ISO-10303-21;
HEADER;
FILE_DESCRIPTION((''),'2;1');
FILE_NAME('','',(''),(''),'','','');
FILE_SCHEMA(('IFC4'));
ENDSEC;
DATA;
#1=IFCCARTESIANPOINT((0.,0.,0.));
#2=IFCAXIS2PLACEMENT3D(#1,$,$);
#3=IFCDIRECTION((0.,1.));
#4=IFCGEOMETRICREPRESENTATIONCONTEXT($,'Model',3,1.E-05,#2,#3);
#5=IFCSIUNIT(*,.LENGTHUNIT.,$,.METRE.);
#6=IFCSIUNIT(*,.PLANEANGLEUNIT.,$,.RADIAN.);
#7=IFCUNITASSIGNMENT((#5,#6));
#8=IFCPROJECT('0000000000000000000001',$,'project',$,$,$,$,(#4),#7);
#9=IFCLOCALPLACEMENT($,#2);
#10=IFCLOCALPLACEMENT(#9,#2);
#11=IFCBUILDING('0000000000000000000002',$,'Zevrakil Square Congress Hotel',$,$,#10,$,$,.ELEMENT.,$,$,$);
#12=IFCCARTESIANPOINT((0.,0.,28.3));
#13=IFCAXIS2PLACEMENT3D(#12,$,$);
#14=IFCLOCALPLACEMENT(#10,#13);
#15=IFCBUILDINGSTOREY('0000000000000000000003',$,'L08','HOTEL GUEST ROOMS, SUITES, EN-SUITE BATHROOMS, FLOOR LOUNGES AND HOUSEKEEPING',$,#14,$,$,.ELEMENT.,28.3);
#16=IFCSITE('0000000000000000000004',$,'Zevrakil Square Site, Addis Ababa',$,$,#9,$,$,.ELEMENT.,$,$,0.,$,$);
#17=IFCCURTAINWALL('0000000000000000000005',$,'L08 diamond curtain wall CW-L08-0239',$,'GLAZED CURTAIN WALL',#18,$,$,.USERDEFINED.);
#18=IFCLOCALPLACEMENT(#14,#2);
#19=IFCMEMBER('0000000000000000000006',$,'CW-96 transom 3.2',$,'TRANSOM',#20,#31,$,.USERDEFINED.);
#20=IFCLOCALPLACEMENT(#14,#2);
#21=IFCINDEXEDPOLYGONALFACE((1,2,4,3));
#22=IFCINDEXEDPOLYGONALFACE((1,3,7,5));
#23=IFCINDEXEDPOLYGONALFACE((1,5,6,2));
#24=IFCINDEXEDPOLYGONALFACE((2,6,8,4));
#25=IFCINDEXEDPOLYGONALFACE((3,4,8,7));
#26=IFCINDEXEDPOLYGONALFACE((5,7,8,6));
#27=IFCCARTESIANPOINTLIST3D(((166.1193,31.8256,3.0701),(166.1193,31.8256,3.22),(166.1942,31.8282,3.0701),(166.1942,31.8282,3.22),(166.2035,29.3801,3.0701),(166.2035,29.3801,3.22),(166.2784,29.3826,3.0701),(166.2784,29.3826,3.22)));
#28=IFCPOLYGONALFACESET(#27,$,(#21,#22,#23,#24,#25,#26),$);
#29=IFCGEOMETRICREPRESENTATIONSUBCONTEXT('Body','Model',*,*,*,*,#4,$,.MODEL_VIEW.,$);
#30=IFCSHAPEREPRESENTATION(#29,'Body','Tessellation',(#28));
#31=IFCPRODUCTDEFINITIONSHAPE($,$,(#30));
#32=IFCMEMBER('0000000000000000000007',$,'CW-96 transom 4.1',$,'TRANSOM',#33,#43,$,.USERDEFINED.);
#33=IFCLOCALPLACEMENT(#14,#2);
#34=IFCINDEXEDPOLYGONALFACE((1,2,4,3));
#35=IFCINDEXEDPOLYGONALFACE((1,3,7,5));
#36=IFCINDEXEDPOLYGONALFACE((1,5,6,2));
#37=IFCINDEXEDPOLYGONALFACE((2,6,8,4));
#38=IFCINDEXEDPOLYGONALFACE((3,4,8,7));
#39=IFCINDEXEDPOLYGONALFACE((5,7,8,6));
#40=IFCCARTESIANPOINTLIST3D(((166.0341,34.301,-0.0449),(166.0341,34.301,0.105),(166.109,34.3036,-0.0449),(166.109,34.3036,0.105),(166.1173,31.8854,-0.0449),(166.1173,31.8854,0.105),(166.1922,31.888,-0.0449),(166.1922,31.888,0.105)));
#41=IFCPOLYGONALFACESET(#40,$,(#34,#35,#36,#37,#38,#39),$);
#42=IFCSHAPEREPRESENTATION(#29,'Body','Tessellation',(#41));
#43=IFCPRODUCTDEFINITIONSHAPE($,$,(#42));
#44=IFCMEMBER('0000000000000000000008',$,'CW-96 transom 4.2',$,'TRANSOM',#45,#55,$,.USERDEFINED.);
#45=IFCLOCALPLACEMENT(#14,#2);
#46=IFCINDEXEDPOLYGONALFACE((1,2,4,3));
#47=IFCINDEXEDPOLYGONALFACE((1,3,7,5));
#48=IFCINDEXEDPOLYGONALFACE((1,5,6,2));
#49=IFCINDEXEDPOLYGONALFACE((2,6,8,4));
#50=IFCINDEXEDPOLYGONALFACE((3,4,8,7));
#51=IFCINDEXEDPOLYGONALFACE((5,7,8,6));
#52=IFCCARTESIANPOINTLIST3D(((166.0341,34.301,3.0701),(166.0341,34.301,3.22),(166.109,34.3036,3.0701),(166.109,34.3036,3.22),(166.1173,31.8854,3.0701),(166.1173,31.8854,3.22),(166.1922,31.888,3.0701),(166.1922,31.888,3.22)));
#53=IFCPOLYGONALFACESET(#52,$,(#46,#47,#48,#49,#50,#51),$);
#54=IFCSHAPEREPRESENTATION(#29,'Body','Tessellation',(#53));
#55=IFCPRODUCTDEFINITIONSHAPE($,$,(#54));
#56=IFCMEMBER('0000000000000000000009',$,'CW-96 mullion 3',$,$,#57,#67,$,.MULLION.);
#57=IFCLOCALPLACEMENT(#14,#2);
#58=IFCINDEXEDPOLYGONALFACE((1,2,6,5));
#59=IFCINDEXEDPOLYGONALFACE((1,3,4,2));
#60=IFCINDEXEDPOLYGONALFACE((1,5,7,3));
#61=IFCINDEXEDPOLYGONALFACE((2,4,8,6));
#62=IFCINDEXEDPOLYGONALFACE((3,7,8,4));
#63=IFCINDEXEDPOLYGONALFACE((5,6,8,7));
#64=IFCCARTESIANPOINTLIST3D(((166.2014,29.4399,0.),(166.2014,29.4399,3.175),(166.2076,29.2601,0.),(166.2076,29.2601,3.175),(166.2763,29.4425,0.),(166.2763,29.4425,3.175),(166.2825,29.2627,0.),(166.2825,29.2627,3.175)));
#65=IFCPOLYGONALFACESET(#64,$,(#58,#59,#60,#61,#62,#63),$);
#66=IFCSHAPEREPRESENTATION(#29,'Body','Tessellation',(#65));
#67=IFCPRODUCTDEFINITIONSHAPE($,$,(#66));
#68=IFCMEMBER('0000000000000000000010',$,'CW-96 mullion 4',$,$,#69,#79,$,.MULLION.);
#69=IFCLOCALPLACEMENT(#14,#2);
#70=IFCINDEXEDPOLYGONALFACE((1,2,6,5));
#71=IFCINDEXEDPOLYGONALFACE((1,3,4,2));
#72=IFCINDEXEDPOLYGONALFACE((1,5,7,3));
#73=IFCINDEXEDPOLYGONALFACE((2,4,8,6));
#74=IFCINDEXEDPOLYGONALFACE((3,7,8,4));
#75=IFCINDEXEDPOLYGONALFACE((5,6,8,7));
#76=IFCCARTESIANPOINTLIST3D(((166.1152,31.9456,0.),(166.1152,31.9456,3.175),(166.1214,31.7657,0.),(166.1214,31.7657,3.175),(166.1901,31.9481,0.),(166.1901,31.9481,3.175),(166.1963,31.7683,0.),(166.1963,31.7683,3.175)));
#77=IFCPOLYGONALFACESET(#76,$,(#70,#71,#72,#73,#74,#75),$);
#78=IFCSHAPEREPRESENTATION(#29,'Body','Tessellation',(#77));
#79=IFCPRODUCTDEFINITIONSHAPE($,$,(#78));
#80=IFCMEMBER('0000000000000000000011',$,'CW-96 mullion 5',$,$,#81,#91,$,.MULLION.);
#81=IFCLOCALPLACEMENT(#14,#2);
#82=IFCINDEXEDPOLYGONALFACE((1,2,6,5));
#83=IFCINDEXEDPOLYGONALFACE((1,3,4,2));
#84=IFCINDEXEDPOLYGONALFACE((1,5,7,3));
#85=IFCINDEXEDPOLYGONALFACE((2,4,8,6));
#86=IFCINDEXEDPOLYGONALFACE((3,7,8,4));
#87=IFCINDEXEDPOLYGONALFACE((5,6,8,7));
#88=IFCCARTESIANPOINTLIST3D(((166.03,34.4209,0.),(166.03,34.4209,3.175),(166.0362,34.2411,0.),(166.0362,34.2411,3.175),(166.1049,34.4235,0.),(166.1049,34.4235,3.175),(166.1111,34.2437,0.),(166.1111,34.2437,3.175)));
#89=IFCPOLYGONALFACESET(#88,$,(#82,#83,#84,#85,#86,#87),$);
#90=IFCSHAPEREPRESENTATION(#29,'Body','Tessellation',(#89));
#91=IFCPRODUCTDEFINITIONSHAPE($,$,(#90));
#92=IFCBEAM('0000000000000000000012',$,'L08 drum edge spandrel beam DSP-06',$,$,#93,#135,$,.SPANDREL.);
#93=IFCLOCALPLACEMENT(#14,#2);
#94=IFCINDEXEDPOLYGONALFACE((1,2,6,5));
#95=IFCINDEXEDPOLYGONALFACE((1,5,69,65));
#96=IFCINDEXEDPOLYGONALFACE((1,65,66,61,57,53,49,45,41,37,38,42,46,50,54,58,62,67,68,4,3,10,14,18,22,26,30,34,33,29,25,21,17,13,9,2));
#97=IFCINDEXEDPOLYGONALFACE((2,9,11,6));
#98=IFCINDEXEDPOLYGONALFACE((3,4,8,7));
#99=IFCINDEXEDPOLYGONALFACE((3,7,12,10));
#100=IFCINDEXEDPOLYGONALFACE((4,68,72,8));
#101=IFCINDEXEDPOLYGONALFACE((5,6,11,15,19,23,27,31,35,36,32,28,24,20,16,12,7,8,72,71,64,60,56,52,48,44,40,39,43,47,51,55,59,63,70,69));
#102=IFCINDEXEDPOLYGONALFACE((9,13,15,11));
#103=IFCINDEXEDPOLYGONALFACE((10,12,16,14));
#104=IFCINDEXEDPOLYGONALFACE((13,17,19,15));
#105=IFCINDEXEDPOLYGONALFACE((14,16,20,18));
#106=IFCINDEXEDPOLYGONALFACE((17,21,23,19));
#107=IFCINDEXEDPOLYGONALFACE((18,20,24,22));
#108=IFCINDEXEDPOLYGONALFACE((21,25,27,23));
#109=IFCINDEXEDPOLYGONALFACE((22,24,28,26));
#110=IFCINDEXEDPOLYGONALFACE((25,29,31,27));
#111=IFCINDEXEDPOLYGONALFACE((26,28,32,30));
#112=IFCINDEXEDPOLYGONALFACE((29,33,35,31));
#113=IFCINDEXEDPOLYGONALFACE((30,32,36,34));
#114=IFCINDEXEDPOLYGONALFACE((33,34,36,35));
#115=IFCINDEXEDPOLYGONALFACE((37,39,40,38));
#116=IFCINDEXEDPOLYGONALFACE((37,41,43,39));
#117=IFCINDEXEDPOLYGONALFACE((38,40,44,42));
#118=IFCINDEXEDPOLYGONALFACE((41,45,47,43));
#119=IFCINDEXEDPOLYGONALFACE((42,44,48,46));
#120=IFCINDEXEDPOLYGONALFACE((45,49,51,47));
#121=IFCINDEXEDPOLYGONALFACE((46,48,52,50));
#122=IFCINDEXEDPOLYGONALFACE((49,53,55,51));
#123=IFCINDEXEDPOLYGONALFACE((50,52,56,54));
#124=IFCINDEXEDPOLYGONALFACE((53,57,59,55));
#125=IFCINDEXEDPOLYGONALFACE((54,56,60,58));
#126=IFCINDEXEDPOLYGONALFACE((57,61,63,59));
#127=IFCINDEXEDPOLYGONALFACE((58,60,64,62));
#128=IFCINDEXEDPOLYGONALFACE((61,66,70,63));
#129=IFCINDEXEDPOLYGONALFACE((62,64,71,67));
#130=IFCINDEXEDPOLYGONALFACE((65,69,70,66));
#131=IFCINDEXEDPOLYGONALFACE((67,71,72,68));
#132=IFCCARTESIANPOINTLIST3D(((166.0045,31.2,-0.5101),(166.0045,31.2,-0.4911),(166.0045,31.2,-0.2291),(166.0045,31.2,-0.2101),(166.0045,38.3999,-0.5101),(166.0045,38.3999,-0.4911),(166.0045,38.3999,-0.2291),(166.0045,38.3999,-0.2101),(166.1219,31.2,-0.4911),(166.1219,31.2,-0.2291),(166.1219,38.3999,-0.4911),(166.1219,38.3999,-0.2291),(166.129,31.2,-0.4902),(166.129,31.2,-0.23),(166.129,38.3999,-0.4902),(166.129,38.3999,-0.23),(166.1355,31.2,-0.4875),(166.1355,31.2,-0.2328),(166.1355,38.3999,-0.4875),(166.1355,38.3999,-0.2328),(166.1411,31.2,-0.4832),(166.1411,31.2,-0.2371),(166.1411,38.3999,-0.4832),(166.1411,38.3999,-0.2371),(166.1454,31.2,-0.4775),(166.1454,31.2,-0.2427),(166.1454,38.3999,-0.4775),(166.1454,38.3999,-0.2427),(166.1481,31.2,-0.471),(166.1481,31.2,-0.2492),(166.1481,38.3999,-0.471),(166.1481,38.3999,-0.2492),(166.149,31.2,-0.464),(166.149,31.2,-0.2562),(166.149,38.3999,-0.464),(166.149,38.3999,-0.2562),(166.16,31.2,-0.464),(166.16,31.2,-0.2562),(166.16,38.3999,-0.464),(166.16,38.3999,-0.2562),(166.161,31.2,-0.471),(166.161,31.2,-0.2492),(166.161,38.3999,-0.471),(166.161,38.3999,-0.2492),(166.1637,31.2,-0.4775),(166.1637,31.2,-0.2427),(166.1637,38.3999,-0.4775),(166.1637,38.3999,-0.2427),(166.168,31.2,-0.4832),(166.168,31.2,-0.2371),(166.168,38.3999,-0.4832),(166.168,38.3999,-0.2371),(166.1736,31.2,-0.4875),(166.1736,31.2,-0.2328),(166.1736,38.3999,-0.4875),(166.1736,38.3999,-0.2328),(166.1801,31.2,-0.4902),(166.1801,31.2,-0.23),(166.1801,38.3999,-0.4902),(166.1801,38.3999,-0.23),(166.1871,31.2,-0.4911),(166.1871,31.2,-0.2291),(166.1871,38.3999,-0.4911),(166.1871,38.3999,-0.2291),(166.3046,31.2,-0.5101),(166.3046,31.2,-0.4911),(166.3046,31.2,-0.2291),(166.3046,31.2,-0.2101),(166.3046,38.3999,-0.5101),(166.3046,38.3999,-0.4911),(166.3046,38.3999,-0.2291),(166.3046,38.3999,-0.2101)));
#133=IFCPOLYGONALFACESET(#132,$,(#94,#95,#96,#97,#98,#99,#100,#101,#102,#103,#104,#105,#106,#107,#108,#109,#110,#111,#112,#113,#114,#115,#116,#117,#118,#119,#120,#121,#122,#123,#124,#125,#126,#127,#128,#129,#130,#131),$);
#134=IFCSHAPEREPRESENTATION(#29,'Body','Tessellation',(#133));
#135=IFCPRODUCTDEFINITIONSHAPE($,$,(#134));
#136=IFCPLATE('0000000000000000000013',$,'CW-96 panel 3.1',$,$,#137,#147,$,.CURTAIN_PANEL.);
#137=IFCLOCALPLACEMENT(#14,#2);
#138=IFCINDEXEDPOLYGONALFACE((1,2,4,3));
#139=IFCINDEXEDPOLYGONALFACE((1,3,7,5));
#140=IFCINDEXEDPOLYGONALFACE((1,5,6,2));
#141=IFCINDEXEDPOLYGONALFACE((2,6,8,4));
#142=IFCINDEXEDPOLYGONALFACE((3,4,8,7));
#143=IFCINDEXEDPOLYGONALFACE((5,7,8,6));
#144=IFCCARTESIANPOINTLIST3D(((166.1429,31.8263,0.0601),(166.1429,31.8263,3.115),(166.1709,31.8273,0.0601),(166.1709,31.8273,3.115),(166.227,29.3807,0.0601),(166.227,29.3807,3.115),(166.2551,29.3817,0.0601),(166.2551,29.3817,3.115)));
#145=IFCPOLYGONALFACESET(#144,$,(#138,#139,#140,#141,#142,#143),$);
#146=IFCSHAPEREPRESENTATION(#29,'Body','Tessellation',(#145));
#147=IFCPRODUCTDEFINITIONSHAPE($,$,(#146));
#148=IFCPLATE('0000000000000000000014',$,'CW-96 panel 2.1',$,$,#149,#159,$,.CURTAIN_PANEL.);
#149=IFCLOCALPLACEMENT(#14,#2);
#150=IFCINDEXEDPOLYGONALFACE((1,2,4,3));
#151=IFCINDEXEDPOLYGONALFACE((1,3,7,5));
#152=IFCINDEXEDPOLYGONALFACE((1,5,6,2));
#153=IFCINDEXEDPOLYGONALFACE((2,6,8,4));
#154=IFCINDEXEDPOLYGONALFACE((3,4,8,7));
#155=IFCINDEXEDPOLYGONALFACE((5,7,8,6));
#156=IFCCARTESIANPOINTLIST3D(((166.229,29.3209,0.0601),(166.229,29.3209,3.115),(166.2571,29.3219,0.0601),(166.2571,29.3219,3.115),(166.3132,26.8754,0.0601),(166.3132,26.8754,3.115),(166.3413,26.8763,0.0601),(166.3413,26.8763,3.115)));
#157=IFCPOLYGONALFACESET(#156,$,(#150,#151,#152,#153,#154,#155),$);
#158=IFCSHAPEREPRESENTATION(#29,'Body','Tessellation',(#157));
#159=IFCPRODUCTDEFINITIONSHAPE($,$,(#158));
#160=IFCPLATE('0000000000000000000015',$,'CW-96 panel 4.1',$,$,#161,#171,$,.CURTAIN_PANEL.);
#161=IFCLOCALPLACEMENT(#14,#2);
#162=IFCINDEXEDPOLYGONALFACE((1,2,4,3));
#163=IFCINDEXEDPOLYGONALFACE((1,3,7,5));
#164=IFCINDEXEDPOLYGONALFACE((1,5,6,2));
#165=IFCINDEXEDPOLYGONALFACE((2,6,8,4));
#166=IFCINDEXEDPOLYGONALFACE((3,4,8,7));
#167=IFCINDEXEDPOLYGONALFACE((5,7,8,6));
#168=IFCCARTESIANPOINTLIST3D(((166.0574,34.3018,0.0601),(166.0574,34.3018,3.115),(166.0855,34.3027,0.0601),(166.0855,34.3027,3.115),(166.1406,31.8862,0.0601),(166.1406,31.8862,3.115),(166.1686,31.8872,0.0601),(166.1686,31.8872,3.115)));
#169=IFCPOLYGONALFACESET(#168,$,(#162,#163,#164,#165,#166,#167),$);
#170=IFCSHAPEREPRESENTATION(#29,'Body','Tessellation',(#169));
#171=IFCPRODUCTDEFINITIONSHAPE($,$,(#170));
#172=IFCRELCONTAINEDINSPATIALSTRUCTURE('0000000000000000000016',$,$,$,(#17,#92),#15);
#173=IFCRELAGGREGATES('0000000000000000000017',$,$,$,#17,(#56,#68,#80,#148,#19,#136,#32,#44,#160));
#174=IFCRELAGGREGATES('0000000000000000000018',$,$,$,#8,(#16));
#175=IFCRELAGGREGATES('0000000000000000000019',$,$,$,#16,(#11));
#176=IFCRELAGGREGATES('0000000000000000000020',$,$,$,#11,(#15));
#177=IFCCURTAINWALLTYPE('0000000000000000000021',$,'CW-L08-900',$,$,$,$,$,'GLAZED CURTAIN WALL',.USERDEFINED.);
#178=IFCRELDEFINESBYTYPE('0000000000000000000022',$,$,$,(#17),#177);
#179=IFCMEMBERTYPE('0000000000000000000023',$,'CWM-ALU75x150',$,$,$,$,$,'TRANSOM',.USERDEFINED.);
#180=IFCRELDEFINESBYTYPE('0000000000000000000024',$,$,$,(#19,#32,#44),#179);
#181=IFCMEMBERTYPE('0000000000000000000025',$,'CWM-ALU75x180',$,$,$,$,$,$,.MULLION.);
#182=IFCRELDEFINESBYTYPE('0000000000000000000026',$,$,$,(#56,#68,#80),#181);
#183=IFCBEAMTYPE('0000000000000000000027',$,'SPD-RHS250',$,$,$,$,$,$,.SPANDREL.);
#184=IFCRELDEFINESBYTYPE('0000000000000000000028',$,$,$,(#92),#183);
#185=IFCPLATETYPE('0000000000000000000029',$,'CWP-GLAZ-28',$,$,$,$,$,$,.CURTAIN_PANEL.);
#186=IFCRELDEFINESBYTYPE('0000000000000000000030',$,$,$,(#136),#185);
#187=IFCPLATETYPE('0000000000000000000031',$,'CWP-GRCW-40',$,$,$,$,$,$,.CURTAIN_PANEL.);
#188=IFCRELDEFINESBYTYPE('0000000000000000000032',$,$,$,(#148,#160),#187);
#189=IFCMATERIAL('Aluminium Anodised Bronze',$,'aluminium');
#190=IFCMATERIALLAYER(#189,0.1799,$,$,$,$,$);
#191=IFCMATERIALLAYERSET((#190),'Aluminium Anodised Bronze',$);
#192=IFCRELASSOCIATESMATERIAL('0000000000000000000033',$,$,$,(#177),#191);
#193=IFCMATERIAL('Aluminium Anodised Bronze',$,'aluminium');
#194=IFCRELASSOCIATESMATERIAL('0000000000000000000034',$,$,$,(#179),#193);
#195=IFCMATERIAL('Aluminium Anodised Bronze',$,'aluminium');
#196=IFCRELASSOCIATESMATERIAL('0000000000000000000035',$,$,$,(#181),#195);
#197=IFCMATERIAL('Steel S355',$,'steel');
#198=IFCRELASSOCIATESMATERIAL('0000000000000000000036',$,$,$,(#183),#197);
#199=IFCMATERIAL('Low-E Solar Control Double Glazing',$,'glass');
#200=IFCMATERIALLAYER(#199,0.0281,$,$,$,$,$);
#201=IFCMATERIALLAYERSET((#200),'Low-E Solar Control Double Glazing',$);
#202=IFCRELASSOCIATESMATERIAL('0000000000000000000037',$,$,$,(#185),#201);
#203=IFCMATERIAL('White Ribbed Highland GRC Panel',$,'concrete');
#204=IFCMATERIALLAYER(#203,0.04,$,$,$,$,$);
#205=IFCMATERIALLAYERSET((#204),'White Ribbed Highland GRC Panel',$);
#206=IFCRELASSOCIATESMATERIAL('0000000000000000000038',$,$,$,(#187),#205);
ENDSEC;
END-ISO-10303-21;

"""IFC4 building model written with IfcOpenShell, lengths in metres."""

from ifc_helpers import new_model, si_unit, direction, frame, origin, origin_2d, place, context, subcontext, project, spatial, rectangle, i_section, extrude, material, layer, layer_set, material_profile, profile_set, type_object, element, aggregate, save


model = new_model("IFC4")

# Units and contexts
model_context = context("Model", 3, precision=1e-05, world=origin(), true_north=direction((0.0, 1.0)))
body_context = subcontext(model_context, "Body", "Model", "MODEL_VIEW")
ifc_project = project(units=[si_unit("LENGTHUNIT", "METRE"), si_unit("PLANEANGLEUNIT", "RADIAN")], contexts=[model_context])

# Site, building, storey
site_placement = place(None, origin())
site = spatial("IfcSite", under=ifc_project, at=site_placement, Name="Zevrakil Square Site, Addis Ababa", CompositionType="ELEMENT", RefElevation=0.0)
building_placement = place(site_placement, origin())
building = spatial("IfcBuilding", under=site, at=building_placement, Name="Zevrakil Square Congress Hotel", CompositionType="ELEMENT")
storey_placement = place(building_placement, frame((0.0, 0.0, 28.3)))
storey = spatial("IfcBuildingStorey", under=building, at=storey_placement, Name="L08", Description="HOTEL GUEST ROOMS, SUITES, EN-SUITE BATHROOMS, FLOOR LOUNGES AND HOUSEKEEPING", CompositionType="ELEMENT", Elevation=28.3)

# Curtain wall, members
ifc_material_1 = material(Name="Aluminium Anodised Bronze", Category="aluminium")
ifc_layer_1 = layer(ifc_material_1, 0.1799)
ifc_layer_set_1 = layer_set([ifc_layer_1], Name="Aluminium Anodised Bronze")
curtain_wall_type = type_object("IfcCurtainWallType", Name="CW-L08-900", ElementType="GLAZED CURTAIN WALL", PredefinedType="USERDEFINED", material=ifc_layer_set_1)
curtain_wall_placement = place(storey_placement, origin())
curtain_wall = element("IfcCurtainWall", 1, at=curtain_wall_placement, inside=storey, type_object=curtain_wall_type, Name="L08 diamond curtain wall CW-L08-0239", ObjectType="GLAZED CURTAIN WALL", PredefinedType="USERDEFINED")
ifc_material_2 = material(Name="Aluminium Anodised Bronze", Category="aluminium")
ifc_material_profile_1 = material_profile(ifc_material_2, rectangle(XDim=0.075, YDim=0.1499, at=origin_2d()), Name="ALU 75x150")
ifc_profile_set_1 = profile_set([ifc_material_profile_1], Name="Aluminium Anodised Bronze")
member_type_1 = type_object("IfcMemberType", Name="CWM-ALU75x150", ElementType="TRANSOM", PredefinedType="USERDEFINED", material=ifc_profile_set_1)
member_1_placement = place(storey_placement, frame((166.241, 29.3813, 3.145), z_axis=(-0.034421, 0.999407, 0.0), x_axis=(-0.999407, -0.034421, 0.0)))
member_1 = element("IfcMember", 2, at=member_1_placement, type_object=member_type_1, Name="CW-96 transom 3.2", ObjectType="TRANSOM", PredefinedType="USERDEFINED", context=body_context, shape_type="SweptSolid", body=[
    extrude(rectangle(XDim=0.075, YDim=0.1499, at=origin_2d()), origin(), (0.0, 0.0, 1.0), 2.447),
])
member_2_placement = place(storey_placement, frame((166.1548, 31.8867, 0.03), z_axis=(-0.034445, 0.999407, 0.0), x_axis=(-0.999407, -0.034445, 0.0)))
member_2 = element("IfcMember", 3, at=member_2_placement, type_object=member_type_1, Name="CW-96 transom 4.1", ObjectType="TRANSOM", PredefinedType="USERDEFINED", context=body_context, shape_type="SweptSolid", body=[
    extrude(rectangle(XDim=0.075, YDim=0.1499, at=origin_2d()), origin(), (0.0, 0.0, 1.0), 2.417),
])
member_3_placement = place(storey_placement, frame((166.1548, 31.8867, 3.145), z_axis=(-0.034445, 0.999407, 0.0), x_axis=(-0.999407, -0.034445, 0.0)))
member_3 = element("IfcMember", 4, at=member_3_placement, type_object=member_type_1, Name="CW-96 transom 4.2", ObjectType="TRANSOM", PredefinedType="USERDEFINED", context=body_context, shape_type="SweptSolid", body=[
    extrude(rectangle(XDim=0.075, YDim=0.1499, at=origin_2d()), origin(), (0.0, 0.0, 1.0), 2.417),
])
ifc_material_3 = material(Name="Aluminium Anodised Bronze", Category="aluminium")
ifc_material_profile_2 = material_profile(ifc_material_3, rectangle(XDim=0.075, YDim=0.1799, at=origin_2d()), Name="ALU 75x180")
ifc_profile_set_2 = profile_set([ifc_material_profile_2], Name="Aluminium Anodised Bronze")
member_type_2 = type_object("IfcMemberType", Name="CWM-ALU75x180", PredefinedType="MULLION", material=ifc_profile_set_2)
member_4_placement = place(storey_placement, frame((166.2419, 29.3513, 0.0), z_axis=(0.0, 0.0, 1.0), x_axis=(-0.999408, -0.034405, 0.0)))
member_4 = element("IfcMember", 5, at=member_4_placement, type_object=member_type_2, Name="CW-96 mullion 3", PredefinedType="MULLION", context=body_context, shape_type="SweptSolid", body=[
    extrude(rectangle(XDim=0.075, YDim=0.1799, at=origin_2d()), origin(), (0.0, 0.0, 1.0), 3.175),
])
member_5_placement = place(storey_placement, frame((166.1558, 31.8569, 0.0), z_axis=(0.0, 0.0, 1.0), x_axis=(-0.999408, -0.034405, 0.0)))
member_5 = element("IfcMember", 6, at=member_5_placement, type_object=member_type_2, Name="CW-96 mullion 4", PredefinedType="MULLION", context=body_context, shape_type="SweptSolid", body=[
    extrude(rectangle(XDim=0.075, YDim=0.1799, at=origin_2d()), origin(), (0.0, 0.0, 1.0), 3.175),
])
member_6_placement = place(storey_placement, frame((166.0706, 34.3323, 0.0), z_axis=(0.0, 0.0, 1.0), x_axis=(-0.999408, -0.034405, 0.0)))
member_6 = element("IfcMember", 7, at=member_6_placement, type_object=member_type_2, Name="CW-96 mullion 5", PredefinedType="MULLION", context=body_context, shape_type="SweptSolid", body=[
    extrude(rectangle(XDim=0.075, YDim=0.1799, at=origin_2d()), origin(), (0.0, 0.0, 1.0), 3.175),
])

# Beam
ifc_material_4 = material(Name="Steel S355", Category="steel")
ifc_material_profile_3 = material_profile(ifc_material_4, i_section(OverallWidth=0.3, OverallDepth=0.3, WebThickness=0.011, FlangeThickness=0.019, FilletRadius=0.0271, at=origin_2d()), Name="HEB 300")
ifc_profile_set_3 = profile_set([ifc_material_profile_3], Name="Steel S355")
beam_type_1 = type_object("IfcBeamType", Name="SPD-RHS250", PredefinedType="SPANDREL", material=ifc_profile_set_3)
beam_1_placement = place(storey_placement, frame((166.1545, 31.2, -0.3601), z_axis=(0.0, 1.0, 0.0), x_axis=(-1.0, 0.0, 0.0)))
element("IfcBeam", 8, at=beam_1_placement, inside=storey, type_object=beam_type_1, Name="L08 drum edge spandrel beam DSP-06", PredefinedType="SPANDREL", context=body_context, shape_type="SweptSolid", body=[
    extrude(i_section(OverallWidth=0.3, OverallDepth=0.3, WebThickness=0.011, FlangeThickness=0.019, FilletRadius=0.0271, at=origin_2d()), origin(), (0.0, 0.0, 1.0), 7.2),
])

# Plates
ifc_material_5 = material(Name="Low-E Solar Control Double Glazing", Category="glass")
ifc_layer_2 = layer(ifc_material_5, 0.0281)
ifc_layer_set_2 = layer_set([ifc_layer_2], Name="Low-E Solar Control Double Glazing")
plate_type_1 = type_object("IfcPlateType", Name="CWP-GLAZ-28", PredefinedType="CURTAIN_PANEL", material=ifc_layer_set_2)
plate_1_placement = place(storey_placement, frame((166.199, 30.604, 0.0601), z_axis=(0.0, 0.0, 1.0), x_axis=(-0.034405, 0.999408, 0.0)))
plate_1 = element("IfcPlate", 9, at=plate_1_placement, type_object=plate_type_1, Name="CW-96 panel 3.1", PredefinedType="CURTAIN_PANEL", context=body_context, shape_type="SweptSolid", body=[
    extrude(rectangle(XDim=2.447, YDim=0.0281, at=origin_2d()), origin(), (0.0, 0.0, 1.0), 3.0549),
])
ifc_material_6 = material(Name="White Ribbed Highland GRC Panel", Category="concrete")
ifc_layer_3 = layer(ifc_material_6, 0.04)
ifc_layer_set_3 = layer_set([ifc_layer_3], Name="White Ribbed Highland GRC Panel")
plate_type_2 = type_object("IfcPlateType", Name="CWP-GRCW-40", PredefinedType="CURTAIN_PANEL", material=ifc_layer_set_3)
plate_2_placement = place(storey_placement, frame((166.2852, 28.0986, 0.0601), z_axis=(0.0, 0.0, 1.0), x_axis=(-0.034405, 0.999408, 0.0)))
plate_2 = element("IfcPlate", 10, at=plate_2_placement, type_object=plate_type_2, Name="CW-96 panel 2.1", PredefinedType="CURTAIN_PANEL", context=body_context, shape_type="SweptSolid", body=[
    extrude(rectangle(XDim=2.447, YDim=0.0281, at=origin_2d()), origin(), (0.0, 0.0, 1.0), 3.0549),
])
plate_3_placement = place(storey_placement, frame((166.113, 33.0945, 0.0601), z_axis=(0.0, 0.0, 1.0), x_axis=(-0.034405, 0.999408, 0.0)))
plate_3 = element("IfcPlate", 11, at=plate_3_placement, type_object=plate_type_2, Name="CW-96 panel 4.1", PredefinedType="CURTAIN_PANEL", context=body_context, shape_type="SweptSolid", body=[
    extrude(rectangle(XDim=2.417, YDim=0.0281, at=origin_2d()), origin(), (0.0, 0.0, 1.0), 3.0549),
])
aggregate(curtain_wall, [member_4, member_5, member_6, plate_2, member_1, plate_1, member_2, member_3, plate_3])

save(model, "model.ifc")
